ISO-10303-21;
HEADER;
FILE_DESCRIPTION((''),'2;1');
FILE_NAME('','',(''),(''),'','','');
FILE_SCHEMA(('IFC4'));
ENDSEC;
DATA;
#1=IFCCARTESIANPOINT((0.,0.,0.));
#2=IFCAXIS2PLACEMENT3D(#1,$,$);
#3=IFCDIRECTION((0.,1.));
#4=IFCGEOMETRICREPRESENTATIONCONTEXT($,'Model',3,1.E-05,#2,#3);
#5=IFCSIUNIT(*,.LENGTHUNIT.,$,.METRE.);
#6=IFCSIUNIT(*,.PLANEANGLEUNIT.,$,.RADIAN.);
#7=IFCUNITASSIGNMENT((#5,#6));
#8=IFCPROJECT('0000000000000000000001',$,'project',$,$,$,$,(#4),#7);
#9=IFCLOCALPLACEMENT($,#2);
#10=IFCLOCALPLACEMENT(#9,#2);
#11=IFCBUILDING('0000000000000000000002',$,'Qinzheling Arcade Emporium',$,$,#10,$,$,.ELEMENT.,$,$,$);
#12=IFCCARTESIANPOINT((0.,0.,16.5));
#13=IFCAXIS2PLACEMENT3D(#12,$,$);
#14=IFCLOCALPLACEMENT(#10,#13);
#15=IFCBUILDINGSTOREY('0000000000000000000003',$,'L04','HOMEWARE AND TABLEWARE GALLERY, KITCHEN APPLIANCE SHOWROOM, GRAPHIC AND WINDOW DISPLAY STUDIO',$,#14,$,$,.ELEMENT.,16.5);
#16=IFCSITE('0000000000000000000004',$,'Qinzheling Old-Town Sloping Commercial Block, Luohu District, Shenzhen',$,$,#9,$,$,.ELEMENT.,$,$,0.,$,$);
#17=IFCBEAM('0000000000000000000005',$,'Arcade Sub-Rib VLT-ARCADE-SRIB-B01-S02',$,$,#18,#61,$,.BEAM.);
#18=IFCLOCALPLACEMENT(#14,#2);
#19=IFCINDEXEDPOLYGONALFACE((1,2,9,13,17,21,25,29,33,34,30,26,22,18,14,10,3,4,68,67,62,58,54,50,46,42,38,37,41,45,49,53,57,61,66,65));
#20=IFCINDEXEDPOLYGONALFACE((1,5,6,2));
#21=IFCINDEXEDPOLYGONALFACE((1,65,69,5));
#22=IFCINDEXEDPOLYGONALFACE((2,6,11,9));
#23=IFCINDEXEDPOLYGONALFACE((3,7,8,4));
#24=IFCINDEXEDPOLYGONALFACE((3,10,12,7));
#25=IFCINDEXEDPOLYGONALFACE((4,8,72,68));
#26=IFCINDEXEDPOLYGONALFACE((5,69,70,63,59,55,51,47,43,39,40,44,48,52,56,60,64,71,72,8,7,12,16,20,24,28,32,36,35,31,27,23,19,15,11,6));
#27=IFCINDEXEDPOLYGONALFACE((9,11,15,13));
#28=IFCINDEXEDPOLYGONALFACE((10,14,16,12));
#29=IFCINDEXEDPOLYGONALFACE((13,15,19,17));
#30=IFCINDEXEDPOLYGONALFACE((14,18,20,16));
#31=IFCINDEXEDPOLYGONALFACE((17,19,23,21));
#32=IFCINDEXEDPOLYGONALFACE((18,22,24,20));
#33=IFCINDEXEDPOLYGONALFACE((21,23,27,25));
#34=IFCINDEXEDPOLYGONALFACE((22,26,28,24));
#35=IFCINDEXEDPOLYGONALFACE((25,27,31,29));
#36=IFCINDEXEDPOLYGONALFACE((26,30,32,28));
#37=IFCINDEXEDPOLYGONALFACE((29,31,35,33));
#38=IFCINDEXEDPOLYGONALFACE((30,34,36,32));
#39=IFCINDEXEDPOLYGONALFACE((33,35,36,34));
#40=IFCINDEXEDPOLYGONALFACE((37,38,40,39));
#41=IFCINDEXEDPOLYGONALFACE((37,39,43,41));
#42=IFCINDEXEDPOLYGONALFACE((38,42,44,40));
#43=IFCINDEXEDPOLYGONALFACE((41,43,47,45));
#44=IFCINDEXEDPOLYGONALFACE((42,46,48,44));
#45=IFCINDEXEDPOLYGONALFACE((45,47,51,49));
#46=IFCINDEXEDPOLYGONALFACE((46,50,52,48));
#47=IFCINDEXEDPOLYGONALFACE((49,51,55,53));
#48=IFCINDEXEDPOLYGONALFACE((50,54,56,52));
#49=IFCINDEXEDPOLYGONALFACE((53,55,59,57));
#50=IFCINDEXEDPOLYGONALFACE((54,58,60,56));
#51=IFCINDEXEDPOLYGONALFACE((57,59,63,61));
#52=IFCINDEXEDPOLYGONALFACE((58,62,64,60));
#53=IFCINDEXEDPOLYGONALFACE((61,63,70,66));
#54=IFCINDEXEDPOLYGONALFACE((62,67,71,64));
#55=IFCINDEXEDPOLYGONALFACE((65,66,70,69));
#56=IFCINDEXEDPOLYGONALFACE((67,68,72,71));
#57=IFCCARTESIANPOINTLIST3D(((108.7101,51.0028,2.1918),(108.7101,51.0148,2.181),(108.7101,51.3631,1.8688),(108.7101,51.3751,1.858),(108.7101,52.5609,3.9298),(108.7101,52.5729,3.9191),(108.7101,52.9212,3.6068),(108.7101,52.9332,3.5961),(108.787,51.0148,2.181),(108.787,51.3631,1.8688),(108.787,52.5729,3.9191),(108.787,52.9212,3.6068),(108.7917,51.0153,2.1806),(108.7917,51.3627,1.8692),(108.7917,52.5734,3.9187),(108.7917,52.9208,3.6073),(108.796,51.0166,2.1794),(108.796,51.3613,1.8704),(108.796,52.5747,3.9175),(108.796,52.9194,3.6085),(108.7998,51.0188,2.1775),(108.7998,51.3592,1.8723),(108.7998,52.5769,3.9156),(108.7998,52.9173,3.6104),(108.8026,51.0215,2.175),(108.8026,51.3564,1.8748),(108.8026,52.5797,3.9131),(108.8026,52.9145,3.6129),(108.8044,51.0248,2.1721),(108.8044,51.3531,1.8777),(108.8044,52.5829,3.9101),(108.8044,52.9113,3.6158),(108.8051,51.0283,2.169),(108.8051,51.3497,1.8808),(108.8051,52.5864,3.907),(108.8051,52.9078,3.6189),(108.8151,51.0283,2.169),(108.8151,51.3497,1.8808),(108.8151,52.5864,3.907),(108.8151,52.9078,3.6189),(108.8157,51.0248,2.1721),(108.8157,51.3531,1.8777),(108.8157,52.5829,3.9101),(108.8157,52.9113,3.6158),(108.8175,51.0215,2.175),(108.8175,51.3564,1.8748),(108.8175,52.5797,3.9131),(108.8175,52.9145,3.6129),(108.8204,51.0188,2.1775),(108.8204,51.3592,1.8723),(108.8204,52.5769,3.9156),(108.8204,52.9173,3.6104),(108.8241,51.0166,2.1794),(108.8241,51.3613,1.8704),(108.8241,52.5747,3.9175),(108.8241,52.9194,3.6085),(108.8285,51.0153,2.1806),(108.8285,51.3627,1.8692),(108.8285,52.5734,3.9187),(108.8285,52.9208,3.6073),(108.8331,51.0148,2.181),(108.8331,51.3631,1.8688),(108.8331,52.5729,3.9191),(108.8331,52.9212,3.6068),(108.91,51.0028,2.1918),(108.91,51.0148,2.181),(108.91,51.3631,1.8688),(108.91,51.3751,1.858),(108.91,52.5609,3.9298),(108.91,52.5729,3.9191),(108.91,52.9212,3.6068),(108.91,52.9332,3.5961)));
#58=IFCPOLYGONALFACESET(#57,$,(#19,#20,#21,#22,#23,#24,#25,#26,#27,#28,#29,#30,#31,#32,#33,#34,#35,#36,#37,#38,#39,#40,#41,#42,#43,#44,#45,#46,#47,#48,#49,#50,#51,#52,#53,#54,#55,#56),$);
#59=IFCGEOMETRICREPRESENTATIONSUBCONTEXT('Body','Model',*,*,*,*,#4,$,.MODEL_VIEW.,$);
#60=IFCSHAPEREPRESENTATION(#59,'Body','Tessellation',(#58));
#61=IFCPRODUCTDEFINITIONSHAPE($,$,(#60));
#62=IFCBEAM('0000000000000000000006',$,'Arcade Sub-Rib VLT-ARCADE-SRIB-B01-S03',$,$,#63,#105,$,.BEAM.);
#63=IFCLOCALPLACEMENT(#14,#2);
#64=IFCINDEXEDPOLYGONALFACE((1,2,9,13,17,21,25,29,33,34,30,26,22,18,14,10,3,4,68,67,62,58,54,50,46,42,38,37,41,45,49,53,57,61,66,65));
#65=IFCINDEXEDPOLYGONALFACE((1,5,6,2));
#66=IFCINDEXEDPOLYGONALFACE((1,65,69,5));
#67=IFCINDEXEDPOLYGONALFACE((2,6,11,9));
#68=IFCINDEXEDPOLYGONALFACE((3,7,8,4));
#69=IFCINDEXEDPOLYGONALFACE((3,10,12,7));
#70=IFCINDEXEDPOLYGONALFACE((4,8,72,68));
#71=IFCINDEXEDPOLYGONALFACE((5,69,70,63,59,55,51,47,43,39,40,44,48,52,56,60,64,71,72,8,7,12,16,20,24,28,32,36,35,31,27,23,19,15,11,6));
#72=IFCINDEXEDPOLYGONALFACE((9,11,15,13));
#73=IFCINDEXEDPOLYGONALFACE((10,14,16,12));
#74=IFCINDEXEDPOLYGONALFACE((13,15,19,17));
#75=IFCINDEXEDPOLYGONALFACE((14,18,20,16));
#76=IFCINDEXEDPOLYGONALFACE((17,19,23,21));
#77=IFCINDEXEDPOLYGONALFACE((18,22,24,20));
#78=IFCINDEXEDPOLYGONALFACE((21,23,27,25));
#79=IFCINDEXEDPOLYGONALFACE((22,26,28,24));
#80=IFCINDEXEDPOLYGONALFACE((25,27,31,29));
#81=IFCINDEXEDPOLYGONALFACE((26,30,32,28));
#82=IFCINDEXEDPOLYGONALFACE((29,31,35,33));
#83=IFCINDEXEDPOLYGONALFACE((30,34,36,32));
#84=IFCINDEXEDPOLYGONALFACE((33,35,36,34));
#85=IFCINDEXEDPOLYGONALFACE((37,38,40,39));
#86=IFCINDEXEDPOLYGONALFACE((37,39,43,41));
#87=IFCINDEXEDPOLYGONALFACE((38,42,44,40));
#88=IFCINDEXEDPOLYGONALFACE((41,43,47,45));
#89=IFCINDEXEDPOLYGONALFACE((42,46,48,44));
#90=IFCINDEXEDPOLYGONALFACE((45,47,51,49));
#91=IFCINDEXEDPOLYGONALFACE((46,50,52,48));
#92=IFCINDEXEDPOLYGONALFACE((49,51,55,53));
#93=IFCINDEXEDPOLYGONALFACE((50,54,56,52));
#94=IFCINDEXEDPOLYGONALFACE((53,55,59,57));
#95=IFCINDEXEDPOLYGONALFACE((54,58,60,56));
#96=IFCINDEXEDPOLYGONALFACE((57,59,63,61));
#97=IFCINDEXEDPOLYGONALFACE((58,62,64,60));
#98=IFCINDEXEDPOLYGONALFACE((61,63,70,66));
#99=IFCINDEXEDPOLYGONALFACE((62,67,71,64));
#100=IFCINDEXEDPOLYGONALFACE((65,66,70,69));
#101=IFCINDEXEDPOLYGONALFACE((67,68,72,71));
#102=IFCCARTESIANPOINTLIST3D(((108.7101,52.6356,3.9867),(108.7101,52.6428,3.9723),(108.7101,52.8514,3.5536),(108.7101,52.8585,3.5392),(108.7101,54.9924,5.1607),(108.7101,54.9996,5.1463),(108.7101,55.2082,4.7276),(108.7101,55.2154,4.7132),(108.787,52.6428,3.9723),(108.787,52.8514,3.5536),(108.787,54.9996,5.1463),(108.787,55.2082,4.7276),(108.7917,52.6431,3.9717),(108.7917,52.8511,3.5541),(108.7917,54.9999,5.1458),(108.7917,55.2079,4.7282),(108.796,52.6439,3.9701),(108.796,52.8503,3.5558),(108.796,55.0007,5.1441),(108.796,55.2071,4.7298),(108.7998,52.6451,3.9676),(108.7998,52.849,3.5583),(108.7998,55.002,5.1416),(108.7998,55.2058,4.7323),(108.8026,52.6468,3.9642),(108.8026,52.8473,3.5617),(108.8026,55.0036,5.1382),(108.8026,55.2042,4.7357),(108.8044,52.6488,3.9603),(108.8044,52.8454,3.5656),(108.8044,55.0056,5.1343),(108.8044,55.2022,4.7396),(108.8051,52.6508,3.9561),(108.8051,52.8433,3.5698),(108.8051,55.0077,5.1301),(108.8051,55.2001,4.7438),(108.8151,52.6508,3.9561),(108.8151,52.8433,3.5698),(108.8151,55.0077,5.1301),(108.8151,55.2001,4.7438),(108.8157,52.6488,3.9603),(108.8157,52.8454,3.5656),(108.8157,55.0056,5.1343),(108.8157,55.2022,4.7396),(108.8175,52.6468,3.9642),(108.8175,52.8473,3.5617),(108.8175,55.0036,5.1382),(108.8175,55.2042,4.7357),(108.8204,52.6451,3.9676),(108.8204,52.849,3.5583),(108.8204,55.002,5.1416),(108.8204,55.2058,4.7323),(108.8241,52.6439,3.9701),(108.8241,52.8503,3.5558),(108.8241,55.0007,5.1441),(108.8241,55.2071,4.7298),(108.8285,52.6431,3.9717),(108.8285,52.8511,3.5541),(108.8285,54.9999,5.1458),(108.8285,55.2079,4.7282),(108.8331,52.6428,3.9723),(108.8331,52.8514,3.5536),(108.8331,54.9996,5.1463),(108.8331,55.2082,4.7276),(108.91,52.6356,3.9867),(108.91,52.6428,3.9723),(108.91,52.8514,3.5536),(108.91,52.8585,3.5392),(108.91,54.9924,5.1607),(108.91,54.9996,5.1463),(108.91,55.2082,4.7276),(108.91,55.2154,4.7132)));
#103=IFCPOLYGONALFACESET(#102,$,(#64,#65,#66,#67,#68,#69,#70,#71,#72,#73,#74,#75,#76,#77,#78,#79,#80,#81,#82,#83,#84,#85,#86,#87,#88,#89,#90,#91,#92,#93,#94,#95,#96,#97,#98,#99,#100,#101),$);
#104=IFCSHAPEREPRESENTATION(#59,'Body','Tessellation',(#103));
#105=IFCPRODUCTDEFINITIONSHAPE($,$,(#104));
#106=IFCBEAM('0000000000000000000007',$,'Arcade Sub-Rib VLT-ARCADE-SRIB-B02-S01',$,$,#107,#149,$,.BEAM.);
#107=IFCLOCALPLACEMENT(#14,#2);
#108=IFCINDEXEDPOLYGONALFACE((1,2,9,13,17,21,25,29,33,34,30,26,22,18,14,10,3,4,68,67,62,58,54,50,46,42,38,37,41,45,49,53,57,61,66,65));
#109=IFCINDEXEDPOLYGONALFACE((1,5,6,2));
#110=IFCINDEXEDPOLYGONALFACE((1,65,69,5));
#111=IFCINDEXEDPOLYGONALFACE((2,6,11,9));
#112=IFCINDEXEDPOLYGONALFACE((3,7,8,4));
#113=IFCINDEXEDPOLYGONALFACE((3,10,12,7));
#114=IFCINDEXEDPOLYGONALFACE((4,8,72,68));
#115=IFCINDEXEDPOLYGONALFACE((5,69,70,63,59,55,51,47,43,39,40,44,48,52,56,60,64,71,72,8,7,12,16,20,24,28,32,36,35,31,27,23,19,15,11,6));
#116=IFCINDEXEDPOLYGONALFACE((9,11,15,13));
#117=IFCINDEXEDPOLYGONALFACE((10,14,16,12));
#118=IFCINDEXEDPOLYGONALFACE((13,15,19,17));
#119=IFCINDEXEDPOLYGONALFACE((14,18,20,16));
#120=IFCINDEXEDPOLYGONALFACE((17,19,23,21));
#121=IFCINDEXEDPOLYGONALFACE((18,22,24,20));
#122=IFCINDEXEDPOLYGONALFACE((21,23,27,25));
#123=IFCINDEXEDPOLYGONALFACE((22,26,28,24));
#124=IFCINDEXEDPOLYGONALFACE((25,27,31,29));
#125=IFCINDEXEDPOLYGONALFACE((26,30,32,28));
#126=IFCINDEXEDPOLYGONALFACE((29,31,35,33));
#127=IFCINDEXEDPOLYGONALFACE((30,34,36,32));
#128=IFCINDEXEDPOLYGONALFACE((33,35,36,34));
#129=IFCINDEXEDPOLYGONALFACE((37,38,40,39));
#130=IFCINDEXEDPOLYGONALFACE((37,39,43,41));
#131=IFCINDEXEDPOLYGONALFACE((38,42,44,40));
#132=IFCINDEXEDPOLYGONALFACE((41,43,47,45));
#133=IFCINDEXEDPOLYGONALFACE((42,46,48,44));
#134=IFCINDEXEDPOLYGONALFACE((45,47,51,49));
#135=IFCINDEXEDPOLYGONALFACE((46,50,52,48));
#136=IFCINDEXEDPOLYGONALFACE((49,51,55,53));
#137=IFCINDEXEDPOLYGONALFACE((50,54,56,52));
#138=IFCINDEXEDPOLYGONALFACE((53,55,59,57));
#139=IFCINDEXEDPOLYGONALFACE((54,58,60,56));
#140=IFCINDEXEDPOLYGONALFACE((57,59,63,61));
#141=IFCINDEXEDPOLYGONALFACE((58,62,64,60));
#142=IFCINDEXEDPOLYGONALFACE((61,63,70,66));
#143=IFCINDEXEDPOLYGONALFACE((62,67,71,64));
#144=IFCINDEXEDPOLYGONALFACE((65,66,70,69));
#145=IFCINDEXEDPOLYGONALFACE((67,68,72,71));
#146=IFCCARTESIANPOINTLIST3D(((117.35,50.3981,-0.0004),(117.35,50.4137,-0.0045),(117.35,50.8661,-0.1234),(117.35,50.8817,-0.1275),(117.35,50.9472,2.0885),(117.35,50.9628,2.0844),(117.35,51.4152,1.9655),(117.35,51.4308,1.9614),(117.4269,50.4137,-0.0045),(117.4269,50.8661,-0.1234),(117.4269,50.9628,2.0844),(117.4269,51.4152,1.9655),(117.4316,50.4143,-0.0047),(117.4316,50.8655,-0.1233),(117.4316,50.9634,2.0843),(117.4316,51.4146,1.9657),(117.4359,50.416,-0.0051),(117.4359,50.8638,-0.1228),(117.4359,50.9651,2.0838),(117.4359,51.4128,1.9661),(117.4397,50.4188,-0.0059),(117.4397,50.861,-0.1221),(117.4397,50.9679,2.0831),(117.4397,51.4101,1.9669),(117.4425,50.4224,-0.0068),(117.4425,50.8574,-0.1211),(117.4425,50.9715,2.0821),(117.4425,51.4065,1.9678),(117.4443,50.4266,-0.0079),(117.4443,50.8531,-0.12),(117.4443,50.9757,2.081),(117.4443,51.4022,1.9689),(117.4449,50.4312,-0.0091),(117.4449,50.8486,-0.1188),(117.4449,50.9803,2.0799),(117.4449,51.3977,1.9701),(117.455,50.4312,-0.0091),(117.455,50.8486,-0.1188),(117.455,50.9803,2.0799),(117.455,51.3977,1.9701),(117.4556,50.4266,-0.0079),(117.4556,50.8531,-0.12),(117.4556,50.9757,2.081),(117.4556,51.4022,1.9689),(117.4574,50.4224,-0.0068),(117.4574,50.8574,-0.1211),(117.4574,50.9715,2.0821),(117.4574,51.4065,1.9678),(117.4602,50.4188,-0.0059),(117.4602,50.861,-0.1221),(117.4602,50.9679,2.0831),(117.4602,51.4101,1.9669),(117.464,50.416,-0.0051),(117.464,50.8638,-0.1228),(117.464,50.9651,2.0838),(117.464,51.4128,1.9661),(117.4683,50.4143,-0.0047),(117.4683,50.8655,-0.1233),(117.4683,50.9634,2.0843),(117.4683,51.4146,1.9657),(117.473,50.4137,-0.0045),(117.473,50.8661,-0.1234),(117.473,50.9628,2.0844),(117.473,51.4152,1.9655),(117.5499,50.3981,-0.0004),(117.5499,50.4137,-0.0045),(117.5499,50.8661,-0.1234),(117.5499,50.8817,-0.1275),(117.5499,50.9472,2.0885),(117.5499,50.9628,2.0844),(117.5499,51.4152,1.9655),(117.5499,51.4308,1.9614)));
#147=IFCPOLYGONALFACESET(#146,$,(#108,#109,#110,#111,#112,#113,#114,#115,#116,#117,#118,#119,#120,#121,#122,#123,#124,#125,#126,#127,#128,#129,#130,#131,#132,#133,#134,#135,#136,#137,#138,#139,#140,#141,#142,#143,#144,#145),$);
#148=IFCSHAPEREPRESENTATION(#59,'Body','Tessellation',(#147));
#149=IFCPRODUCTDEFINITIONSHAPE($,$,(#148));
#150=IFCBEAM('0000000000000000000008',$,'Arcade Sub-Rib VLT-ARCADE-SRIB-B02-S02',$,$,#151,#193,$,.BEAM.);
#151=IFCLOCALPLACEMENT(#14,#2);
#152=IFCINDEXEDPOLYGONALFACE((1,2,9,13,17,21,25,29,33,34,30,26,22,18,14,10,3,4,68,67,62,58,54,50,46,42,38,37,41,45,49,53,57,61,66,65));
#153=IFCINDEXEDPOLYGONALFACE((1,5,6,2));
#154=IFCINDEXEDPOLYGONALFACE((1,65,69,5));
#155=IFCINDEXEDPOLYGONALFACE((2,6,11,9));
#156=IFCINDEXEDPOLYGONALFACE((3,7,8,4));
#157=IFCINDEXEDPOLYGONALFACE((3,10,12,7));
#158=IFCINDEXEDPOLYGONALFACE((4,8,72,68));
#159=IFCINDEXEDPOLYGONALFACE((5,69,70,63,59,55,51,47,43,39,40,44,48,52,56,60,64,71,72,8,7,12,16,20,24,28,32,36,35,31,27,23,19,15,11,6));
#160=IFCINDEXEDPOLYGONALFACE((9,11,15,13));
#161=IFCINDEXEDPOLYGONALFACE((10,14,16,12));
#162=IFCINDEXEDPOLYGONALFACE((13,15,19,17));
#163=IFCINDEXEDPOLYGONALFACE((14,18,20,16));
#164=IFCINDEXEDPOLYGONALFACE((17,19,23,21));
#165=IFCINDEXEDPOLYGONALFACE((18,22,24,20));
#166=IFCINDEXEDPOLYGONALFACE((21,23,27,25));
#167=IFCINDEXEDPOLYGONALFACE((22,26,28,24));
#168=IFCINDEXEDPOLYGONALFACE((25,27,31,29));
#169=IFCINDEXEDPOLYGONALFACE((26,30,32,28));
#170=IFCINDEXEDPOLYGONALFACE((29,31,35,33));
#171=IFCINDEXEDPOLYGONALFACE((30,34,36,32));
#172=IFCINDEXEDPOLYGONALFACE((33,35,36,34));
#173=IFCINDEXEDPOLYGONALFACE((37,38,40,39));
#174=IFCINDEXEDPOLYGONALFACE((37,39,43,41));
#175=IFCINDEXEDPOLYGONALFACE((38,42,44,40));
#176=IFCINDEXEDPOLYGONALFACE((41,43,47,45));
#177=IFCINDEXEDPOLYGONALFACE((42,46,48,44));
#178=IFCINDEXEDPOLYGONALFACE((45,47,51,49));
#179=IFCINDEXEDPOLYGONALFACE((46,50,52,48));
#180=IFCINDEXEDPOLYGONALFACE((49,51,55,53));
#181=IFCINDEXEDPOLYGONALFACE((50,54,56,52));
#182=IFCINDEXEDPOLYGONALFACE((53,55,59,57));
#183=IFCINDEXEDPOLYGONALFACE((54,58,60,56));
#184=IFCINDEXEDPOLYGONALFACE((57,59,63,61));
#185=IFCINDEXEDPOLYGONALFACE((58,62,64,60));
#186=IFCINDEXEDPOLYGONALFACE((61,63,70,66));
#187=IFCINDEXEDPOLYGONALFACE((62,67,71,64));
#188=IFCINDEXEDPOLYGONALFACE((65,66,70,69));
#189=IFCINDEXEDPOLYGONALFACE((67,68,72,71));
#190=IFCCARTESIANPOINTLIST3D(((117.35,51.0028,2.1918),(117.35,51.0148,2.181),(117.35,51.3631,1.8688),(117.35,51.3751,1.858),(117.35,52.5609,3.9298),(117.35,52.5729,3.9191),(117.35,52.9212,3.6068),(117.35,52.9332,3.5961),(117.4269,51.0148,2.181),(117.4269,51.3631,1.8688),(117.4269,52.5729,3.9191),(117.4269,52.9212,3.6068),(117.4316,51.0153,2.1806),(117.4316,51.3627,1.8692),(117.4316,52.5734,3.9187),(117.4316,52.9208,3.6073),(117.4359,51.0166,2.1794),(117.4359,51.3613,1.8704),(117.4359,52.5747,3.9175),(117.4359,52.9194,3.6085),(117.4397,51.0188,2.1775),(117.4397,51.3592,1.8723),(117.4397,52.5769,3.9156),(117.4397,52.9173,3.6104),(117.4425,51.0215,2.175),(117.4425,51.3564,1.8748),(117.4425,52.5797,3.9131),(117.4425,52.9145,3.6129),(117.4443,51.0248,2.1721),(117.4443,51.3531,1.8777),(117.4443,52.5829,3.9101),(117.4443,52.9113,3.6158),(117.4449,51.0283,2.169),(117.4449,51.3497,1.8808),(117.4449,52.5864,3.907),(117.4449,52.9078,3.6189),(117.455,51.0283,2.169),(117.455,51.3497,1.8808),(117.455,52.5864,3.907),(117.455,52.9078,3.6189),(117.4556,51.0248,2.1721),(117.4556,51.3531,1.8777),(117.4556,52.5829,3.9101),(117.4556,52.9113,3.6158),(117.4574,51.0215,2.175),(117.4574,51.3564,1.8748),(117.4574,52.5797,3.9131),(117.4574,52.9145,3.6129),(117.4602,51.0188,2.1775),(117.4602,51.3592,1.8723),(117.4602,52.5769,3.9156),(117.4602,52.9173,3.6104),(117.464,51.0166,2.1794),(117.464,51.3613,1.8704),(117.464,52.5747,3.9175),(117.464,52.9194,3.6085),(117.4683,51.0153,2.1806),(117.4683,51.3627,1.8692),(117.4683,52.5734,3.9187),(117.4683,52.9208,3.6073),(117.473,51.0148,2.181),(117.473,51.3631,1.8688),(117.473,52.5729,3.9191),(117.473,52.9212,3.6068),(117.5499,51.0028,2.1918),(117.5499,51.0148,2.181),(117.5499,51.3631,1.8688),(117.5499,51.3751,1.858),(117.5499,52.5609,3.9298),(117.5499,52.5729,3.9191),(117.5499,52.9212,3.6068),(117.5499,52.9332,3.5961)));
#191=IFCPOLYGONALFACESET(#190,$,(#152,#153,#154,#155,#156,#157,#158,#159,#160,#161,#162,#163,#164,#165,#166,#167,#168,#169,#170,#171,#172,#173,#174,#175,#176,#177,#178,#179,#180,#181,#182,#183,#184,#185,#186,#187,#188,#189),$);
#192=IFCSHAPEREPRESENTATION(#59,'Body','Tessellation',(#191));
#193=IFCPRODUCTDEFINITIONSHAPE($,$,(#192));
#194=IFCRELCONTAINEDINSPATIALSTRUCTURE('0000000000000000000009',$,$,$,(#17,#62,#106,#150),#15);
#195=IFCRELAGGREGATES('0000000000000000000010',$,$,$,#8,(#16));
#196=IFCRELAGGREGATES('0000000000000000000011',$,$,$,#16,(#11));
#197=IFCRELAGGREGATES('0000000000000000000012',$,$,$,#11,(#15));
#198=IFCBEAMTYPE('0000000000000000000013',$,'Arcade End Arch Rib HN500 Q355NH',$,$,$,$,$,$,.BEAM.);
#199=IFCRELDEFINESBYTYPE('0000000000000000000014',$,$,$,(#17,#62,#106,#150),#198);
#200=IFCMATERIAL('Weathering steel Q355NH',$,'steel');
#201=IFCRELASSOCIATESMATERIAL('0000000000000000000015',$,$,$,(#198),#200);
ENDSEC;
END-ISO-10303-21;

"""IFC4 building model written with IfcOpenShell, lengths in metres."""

from ifc_helpers import new_model, si_unit, direction, frame, origin, origin_2d, place, context, subcontext, project, spatial, i_section, extrude, material, material_profile, profile_set, type_object, element, save


model = new_model("IFC4")

# Units and contexts
model_context = context("Model", 3, precision=1e-05, world=origin(), true_north=direction((0.0, 1.0)))
body_context = subcontext(model_context, "Body", "Model", "MODEL_VIEW")
ifc_project = project(units=[si_unit("LENGTHUNIT", "METRE"), si_unit("PLANEANGLEUNIT", "RADIAN")], contexts=[model_context])

# Site, building, storey
site_placement = place(None, origin())
site = spatial("IfcSite", under=ifc_project, at=site_placement, Name="Qinzheling Old-Town Sloping Commercial Block, Luohu District, Shenzhen", CompositionType="ELEMENT", RefElevation=0.0)
building_placement = place(site_placement, origin())
building = spatial("IfcBuilding", under=site, at=building_placement, Name="Qinzheling Arcade Emporium", CompositionType="ELEMENT")
storey_placement = place(building_placement, frame((0.0, 0.0, 16.5)))
storey = spatial("IfcBuildingStorey", under=building, at=storey_placement, Name="L04", Description="HOMEWARE AND TABLEWARE GALLERY, KITCHEN APPLIANCE SHOWROOM, GRAPHIC AND WINDOW DISPLAY STUDIO", CompositionType="ELEMENT", Elevation=16.5)

# Beams
ifc_material_1 = material(Name="Weathering steel Q355NH", Category="steel")
ifc_material_profile_1 = material_profile(ifc_material_1, i_section(OverallWidth=0.2, OverallDepth=0.5, WebThickness=0.01, FlangeThickness=0.0161, FilletRadius=0.0181, at=origin_2d()), Name="HN 500x200x10x16", Category="steel")
ifc_profile_set_1 = profile_set([ifc_material_profile_1], Name="Weathering steel Q355NH")
beam_type_1 = type_object("IfcBeamType", Name="Arcade End Arch Rib HN500 Q355NH", PredefinedType="BEAM", material=ifc_profile_set_1)
beam_1_placement = place(storey_placement, frame((108.8101, 51.189, 2.0249), z_axis=(0.0, 0.667513, 0.744598), x_axis=(-1.0, 0.0, 0.0)))
element("IfcBeam", 1, at=beam_1_placement, inside=storey, type_object=beam_type_1, Name="Arcade Sub-Rib VLT-ARCADE-SRIB-B01-S02", PredefinedType="BEAM", context=body_context, shape_type="SweptSolid", body=[
    extrude(i_section(OverallWidth=0.2, OverallDepth=0.5, WebThickness=0.01, FlangeThickness=0.0161, FilletRadius=0.0181, at=origin_2d()), origin(), (0.0, 0.0, 1.0), 2.3342),
])
beam_2_placement = place(storey_placement, frame((108.8101, 52.7471, 3.7629), z_axis=(0.0, 0.895094, 0.445878), x_axis=(-1.0, 0.0, 0.0)))
element("IfcBeam", 2, at=beam_2_placement, inside=storey, type_object=beam_type_1, Name="Arcade Sub-Rib VLT-ARCADE-SRIB-B01-S03", PredefinedType="BEAM", context=body_context, shape_type="SweptSolid", body=[
    extrude(i_section(OverallWidth=0.2, OverallDepth=0.5, WebThickness=0.01, FlangeThickness=0.0161, FilletRadius=0.0181, at=origin_2d()), origin(), (0.0, 0.0, 1.0), 2.6331),
])
beam_3_placement = place(storey_placement, frame((117.45, 50.6399, -0.064), z_axis=(0.0, 0.254221, 0.967146), x_axis=(-1.0, 0.0, 0.0)))
element("IfcBeam", 3, at=beam_3_placement, inside=storey, type_object=beam_type_1, Name="Arcade Sub-Rib VLT-ARCADE-SRIB-B02-S01", PredefinedType="BEAM", context=body_context, shape_type="SweptSolid", body=[
    extrude(i_section(OverallWidth=0.2, OverallDepth=0.5, WebThickness=0.01, FlangeThickness=0.0161, FilletRadius=0.0181, at=origin_2d()), origin(), (0.0, 0.0, 1.0), 2.1599),
])
beam_4_placement = place(storey_placement, frame((117.45, 51.189, 2.0249), z_axis=(0.0, 0.667513, 0.744598), x_axis=(-1.0, 0.0, 0.0)))
element("IfcBeam", 4, at=beam_4_placement, inside=storey, type_object=beam_type_1, Name="Arcade Sub-Rib VLT-ARCADE-SRIB-B02-S02", PredefinedType="BEAM", context=body_context, shape_type="SweptSolid", body=[
    extrude(i_section(OverallWidth=0.2, OverallDepth=0.5, WebThickness=0.01, FlangeThickness=0.0161, FilletRadius=0.0181, at=origin_2d()), origin(), (0.0, 0.0, 1.0), 2.3342),
])

save(model, "model.ifc")
